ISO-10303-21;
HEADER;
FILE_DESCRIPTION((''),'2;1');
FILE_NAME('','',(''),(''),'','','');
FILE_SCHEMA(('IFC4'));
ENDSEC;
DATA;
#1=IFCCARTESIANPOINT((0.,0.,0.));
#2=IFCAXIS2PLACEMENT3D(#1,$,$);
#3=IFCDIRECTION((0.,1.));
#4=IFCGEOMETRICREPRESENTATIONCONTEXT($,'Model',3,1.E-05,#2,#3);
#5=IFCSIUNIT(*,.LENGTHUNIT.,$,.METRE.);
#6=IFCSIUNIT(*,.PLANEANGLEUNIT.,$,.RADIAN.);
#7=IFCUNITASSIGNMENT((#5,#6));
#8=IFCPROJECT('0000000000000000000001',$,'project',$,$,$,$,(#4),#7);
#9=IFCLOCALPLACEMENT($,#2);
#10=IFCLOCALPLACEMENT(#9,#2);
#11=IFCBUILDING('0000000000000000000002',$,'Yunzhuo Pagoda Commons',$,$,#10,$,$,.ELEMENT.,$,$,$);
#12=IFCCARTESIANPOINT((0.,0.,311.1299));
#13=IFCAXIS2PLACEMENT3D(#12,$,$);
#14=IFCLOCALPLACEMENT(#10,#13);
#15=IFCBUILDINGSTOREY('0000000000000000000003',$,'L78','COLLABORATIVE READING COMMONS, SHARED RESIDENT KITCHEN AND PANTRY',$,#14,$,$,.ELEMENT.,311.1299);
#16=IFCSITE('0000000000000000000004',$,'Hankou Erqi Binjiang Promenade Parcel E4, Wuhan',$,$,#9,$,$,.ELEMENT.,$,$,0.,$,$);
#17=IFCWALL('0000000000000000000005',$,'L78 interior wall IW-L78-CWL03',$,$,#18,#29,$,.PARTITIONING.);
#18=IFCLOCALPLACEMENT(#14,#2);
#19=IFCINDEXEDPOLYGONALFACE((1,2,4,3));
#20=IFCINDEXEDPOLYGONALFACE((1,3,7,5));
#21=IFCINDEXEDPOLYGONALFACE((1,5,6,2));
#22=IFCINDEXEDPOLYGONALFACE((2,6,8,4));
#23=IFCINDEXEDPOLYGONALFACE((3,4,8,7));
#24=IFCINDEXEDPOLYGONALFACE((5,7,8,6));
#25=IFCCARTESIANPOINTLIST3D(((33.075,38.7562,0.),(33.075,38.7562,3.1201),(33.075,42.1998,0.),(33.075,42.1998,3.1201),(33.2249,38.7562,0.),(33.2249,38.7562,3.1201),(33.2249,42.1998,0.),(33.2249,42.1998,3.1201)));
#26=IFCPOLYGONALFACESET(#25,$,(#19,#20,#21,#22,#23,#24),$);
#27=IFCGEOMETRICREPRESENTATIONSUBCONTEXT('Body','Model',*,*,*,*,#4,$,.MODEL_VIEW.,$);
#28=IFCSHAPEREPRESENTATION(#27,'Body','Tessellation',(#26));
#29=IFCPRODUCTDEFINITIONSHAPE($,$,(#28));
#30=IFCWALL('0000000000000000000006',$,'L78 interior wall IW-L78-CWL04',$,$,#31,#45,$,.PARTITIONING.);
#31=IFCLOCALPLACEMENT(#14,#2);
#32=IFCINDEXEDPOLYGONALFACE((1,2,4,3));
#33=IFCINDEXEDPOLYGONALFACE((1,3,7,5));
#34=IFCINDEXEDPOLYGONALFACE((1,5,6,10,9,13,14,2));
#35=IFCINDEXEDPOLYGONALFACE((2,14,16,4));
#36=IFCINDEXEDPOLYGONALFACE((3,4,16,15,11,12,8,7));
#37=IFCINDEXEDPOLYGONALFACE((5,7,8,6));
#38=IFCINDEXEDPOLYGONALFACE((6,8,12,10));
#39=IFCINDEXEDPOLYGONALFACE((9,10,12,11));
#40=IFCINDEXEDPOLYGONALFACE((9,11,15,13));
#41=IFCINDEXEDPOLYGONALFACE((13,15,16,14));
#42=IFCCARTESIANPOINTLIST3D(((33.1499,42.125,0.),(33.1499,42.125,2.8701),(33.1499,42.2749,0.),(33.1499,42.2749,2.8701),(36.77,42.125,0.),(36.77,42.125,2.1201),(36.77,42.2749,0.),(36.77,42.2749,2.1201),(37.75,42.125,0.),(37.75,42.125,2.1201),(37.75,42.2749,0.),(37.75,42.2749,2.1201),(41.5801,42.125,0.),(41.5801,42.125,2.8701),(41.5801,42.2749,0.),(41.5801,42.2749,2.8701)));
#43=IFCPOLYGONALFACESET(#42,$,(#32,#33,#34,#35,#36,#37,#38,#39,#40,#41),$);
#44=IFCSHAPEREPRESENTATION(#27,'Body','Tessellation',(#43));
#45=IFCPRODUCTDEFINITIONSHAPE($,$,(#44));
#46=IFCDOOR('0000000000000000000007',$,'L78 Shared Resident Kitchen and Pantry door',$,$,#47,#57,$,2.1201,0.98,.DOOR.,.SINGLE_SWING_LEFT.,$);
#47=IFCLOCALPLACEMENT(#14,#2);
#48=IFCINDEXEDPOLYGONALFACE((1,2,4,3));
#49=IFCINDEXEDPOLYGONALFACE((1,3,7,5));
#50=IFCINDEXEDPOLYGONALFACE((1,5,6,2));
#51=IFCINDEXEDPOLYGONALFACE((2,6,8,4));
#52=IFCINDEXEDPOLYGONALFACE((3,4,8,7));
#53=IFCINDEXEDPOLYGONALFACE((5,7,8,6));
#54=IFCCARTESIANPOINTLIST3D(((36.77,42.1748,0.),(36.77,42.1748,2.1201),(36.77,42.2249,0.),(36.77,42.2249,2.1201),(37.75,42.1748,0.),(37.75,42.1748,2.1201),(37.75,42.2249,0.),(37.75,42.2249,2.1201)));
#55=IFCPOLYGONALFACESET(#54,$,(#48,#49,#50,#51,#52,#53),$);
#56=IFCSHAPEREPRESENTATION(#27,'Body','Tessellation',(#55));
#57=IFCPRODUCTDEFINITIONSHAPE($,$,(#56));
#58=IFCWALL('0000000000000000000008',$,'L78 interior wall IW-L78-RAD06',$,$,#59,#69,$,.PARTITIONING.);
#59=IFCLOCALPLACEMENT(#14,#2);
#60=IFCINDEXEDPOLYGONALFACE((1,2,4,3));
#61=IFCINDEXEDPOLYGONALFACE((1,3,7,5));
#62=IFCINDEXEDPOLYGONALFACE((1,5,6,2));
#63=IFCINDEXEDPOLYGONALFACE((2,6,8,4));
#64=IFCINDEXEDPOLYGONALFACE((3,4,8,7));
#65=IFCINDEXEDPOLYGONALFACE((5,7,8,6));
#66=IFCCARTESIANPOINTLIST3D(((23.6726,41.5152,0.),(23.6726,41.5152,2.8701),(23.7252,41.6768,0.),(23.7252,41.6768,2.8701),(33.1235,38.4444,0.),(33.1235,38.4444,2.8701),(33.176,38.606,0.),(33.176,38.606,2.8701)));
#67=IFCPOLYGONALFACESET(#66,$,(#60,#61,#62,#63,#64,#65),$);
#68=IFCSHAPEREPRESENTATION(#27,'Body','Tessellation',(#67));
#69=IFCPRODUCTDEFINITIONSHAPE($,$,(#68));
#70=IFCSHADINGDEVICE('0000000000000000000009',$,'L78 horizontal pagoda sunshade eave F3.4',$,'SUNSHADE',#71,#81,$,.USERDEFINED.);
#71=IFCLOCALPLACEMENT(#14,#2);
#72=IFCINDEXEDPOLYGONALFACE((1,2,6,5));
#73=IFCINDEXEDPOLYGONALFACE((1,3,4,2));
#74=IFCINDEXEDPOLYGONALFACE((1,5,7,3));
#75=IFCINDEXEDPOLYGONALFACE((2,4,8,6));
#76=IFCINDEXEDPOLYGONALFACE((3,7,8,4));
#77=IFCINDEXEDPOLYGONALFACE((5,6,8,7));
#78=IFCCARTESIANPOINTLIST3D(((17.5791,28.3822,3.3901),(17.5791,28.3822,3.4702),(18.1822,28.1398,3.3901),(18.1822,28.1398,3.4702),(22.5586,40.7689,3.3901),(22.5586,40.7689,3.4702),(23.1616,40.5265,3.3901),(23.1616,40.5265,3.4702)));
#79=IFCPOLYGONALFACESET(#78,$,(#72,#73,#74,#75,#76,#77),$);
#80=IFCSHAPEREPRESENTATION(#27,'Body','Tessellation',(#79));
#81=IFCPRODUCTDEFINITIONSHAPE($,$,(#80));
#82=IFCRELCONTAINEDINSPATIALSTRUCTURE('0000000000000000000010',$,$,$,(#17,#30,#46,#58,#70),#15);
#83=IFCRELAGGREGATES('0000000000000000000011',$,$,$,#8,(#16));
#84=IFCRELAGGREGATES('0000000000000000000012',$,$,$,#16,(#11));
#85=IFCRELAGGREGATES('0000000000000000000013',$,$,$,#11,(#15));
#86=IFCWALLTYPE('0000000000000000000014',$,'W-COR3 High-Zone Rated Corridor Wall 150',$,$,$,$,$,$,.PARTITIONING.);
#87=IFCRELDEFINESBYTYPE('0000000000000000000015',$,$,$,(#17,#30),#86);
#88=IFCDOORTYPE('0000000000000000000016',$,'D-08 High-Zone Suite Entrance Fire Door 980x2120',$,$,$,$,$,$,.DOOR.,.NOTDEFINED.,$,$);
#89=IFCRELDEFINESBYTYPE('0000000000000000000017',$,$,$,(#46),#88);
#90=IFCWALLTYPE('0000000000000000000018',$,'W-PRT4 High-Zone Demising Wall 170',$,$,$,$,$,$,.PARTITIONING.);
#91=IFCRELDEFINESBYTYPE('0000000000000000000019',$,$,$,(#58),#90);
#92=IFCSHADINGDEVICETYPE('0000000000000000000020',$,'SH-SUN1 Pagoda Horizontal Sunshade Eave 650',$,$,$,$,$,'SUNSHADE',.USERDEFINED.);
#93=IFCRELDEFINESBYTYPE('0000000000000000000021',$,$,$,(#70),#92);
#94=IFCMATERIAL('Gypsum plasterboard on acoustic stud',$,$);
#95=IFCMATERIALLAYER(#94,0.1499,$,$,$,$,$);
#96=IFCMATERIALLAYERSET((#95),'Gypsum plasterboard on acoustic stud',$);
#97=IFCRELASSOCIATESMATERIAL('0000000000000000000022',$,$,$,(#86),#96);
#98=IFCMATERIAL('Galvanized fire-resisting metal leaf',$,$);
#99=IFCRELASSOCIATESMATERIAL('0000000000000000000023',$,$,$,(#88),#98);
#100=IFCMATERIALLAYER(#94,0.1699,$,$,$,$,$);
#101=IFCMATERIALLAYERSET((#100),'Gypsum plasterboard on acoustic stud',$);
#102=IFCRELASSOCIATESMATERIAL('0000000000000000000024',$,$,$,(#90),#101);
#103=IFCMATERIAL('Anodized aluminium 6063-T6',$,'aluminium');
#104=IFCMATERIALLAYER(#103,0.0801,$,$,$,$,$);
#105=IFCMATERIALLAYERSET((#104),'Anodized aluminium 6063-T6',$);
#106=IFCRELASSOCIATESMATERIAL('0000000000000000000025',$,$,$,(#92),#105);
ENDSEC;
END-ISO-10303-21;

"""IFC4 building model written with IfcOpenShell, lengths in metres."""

from ifc_helpers import new_model, si_unit, direction, frame, frame_2d, origin, origin_with_axes, origin_2d, place, context, subcontext, project, spatial, rectangle, extrude, source, transform, mapped, material, layer, layer_set, type_object, element, fill, save


model = new_model("IFC4")

# Units and contexts
model_context = context("Model", 3, precision=1e-05, world=origin(), true_north=direction((0.0, 1.0)))
body_context = subcontext(model_context, "Body", "Model", "MODEL_VIEW")
ifc_project = project(units=[si_unit("LENGTHUNIT", "METRE"), si_unit("PLANEANGLEUNIT", "RADIAN")], contexts=[model_context])

# Site, building, storey
site_placement = place(None, origin())
site = spatial("IfcSite", under=ifc_project, at=site_placement, Name="Hankou Erqi Binjiang Promenade Parcel E4, Wuhan", CompositionType="ELEMENT", RefElevation=0.0)
building_placement = place(site_placement, origin())
building = spatial("IfcBuilding", under=site, at=building_placement, Name="Yunzhuo Pagoda Commons", CompositionType="ELEMENT")
storey_placement = place(building_placement, frame((0.0, 0.0, 311.1299)))
storey = spatial("IfcBuildingStorey", under=building, at=storey_placement, Name="L78", Description="COLLABORATIVE READING COMMONS, SHARED RESIDENT KITCHEN AND PANTRY", CompositionType="ELEMENT", Elevation=311.1299)

# Shared definitions
ifc_material_1 = material(Name="Anodized aluminium 6063-T6", Category="aluminium")

# Shared definitions
ifc_material_2 = material(Name="Gypsum plasterboard on acoustic stud")
ifc_layer_1 = layer(ifc_material_2, 0.1499)
ifc_layer_set_1 = layer_set([ifc_layer_1], Name="Gypsum plasterboard on acoustic stud")
wall_type_1 = type_object("IfcWallType", Name="W-COR3 High-Zone Rated Corridor Wall 150", PredefinedType="PARTITIONING", material=ifc_layer_set_1)
ifc_material_3 = material(Name="Galvanized fire-resisting metal leaf")
door_type = type_object("IfcDoorType", Name="D-08 High-Zone Suite Entrance Fire Door 980x2120", OperationType="NOTDEFINED", PredefinedType="DOOR", material=ifc_material_3)
shared_shape_1 = source(origin(), body_context, "Body", "SweptSolid", [
    extrude(rectangle(XDim=0.98, YDim=2.1201, at=frame_2d((0.49, 1.0601))), frame((0.0, 0.0249, 0.0), z_axis=(0.0, -1.0, 0.0), x_axis=(1.0, 0.0, 0.0)), (0.0, 0.0, 1.0), 0.05),
])

# Wall
wall_1_placement = place(storey_placement, frame((33.1499, 38.7563, 0.0), z_axis=(0.0, 0.0, 1.0), x_axis=(0.0, 1.0, 0.0)))
element("IfcWall", 1, at=wall_1_placement, inside=storey, type_object=wall_type_1, Name="L78 interior wall IW-L78-CWL03", PredefinedType="PARTITIONING", context=body_context, shape_type="SweptSolid", body=[
    extrude(rectangle(XDim=3.4436, YDim=0.1499, at=frame_2d((1.7217, 0.0))), origin(), (0.0, 0.0, 1.0), 3.1201),
])

# Wall, opening, door
wall_2_placement = place(storey_placement, frame((33.1499, 42.2, 0.0), z_axis=(0.0, 0.0, 1.0), x_axis=(1.0, 0.0, 0.0)))
wall_2 = element("IfcWall", 2, at=wall_2_placement, inside=storey, type_object=wall_type_1, Name="L78 interior wall IW-L78-CWL04", PredefinedType="PARTITIONING", context=body_context, shape_type="SweptSolid", body=[
    extrude(rectangle(XDim=8.4302, YDim=0.1499, at=frame_2d((4.2151, 0.0))), origin(), (0.0, 0.0, 1.0), 2.8701),
])
opening_1_placement = place(wall_2_placement, frame((3.6201, 0.0, 0.0)))
opening_1 = element("IfcOpeningElement", 3, at=opening_1_placement, cuts=wall_2, PredefinedType="OPENING", context=body_context, shape_type="SweptSolid", body=[
    extrude(rectangle(XDim=0.98, YDim=2.1201, at=frame_2d((0.49, 1.0601))), frame((0.0, 0.085, 0.0), z_axis=(0.0, -1.0, 0.0), x_axis=(1.0, 0.0, 0.0)), (0.0, 0.0, 1.0), 0.1699),
])
door_1_placement = place(opening_1_placement, origin_with_axes())
door_1 = element("IfcDoor", 4, at=door_1_placement, inside=storey, type_object=door_type, Name="L78 Shared Resident Kitchen and Pantry door", OperationType="SINGLE_SWING_LEFT", OverallHeight=2.1201, OverallWidth=0.98, PredefinedType="DOOR", context=body_context, shape_type="MappedRepresentation", body=[
    mapped(shared_shape_1, transform((0.0, 0.0, 0.0), scale=1.0)),
])
fill(opening_1, door_1)

# Wall
ifc_layer_2 = layer(ifc_material_2, 0.1699)
ifc_layer_set_2 = layer_set([ifc_layer_2], Name="Gypsum plasterboard on acoustic stud")
wall_type_2 = type_object("IfcWallType", Name="W-PRT4 High-Zone Demising Wall 170", PredefinedType="PARTITIONING", material=ifc_layer_set_2)
wall_3_placement = place(storey_placement, frame((33.1499, 38.5251, 0.0), z_axis=(0.0, 0.0, 1.0), x_axis=(-0.951056, 0.309018, 0.0)))
element("IfcWall", 5, at=wall_3_placement, inside=storey, type_object=wall_type_2, Name="L78 interior wall IW-L78-RAD06", PredefinedType="PARTITIONING", context=body_context, shape_type="SweptSolid", body=[
    extrude(rectangle(XDim=9.9373, YDim=0.1699, at=frame_2d((4.9688, 0.0))), origin(), (0.0, 0.0, 1.0), 2.8701),
])

# Shading device
ifc_layer_3 = layer(ifc_material_1, 0.0801)
ifc_layer_set_3 = layer_set([ifc_layer_3], Name="Anodized aluminium 6063-T6")
shading_device_type = type_object("IfcShadingDeviceType", Name="SH-SUN1 Pagoda Horizontal Sunshade Eave 650", ElementType="SUNSHADE", PredefinedType="USERDEFINED", material=ifc_layer_set_3)
shared_shape_2 = source(origin(), body_context, "Body", "SweptSolid", [
    extrude(rectangle(XDim=13.3501, YDim=0.6499, at=origin_2d()), origin(), (0.0, 0.0, 1.0), 0.0801),
])
shading_device_placement = place(storey_placement, frame((20.3704, 34.4543, 3.3901), z_axis=(0.0, 0.0, 1.0), x_axis=(-0.372988, -0.927836, 0.0)))
element("IfcShadingDevice", 6, at=shading_device_placement, inside=storey, type_object=shading_device_type, Name="L78 horizontal pagoda sunshade eave F3.4", ObjectType="SUNSHADE", PredefinedType="USERDEFINED", context=body_context, shape_type="MappedRepresentation", body=[
    mapped(shared_shape_2, transform((0.0, 0.0, 0.0), scale=1.0)),
])

save(model, "model.ifc")
